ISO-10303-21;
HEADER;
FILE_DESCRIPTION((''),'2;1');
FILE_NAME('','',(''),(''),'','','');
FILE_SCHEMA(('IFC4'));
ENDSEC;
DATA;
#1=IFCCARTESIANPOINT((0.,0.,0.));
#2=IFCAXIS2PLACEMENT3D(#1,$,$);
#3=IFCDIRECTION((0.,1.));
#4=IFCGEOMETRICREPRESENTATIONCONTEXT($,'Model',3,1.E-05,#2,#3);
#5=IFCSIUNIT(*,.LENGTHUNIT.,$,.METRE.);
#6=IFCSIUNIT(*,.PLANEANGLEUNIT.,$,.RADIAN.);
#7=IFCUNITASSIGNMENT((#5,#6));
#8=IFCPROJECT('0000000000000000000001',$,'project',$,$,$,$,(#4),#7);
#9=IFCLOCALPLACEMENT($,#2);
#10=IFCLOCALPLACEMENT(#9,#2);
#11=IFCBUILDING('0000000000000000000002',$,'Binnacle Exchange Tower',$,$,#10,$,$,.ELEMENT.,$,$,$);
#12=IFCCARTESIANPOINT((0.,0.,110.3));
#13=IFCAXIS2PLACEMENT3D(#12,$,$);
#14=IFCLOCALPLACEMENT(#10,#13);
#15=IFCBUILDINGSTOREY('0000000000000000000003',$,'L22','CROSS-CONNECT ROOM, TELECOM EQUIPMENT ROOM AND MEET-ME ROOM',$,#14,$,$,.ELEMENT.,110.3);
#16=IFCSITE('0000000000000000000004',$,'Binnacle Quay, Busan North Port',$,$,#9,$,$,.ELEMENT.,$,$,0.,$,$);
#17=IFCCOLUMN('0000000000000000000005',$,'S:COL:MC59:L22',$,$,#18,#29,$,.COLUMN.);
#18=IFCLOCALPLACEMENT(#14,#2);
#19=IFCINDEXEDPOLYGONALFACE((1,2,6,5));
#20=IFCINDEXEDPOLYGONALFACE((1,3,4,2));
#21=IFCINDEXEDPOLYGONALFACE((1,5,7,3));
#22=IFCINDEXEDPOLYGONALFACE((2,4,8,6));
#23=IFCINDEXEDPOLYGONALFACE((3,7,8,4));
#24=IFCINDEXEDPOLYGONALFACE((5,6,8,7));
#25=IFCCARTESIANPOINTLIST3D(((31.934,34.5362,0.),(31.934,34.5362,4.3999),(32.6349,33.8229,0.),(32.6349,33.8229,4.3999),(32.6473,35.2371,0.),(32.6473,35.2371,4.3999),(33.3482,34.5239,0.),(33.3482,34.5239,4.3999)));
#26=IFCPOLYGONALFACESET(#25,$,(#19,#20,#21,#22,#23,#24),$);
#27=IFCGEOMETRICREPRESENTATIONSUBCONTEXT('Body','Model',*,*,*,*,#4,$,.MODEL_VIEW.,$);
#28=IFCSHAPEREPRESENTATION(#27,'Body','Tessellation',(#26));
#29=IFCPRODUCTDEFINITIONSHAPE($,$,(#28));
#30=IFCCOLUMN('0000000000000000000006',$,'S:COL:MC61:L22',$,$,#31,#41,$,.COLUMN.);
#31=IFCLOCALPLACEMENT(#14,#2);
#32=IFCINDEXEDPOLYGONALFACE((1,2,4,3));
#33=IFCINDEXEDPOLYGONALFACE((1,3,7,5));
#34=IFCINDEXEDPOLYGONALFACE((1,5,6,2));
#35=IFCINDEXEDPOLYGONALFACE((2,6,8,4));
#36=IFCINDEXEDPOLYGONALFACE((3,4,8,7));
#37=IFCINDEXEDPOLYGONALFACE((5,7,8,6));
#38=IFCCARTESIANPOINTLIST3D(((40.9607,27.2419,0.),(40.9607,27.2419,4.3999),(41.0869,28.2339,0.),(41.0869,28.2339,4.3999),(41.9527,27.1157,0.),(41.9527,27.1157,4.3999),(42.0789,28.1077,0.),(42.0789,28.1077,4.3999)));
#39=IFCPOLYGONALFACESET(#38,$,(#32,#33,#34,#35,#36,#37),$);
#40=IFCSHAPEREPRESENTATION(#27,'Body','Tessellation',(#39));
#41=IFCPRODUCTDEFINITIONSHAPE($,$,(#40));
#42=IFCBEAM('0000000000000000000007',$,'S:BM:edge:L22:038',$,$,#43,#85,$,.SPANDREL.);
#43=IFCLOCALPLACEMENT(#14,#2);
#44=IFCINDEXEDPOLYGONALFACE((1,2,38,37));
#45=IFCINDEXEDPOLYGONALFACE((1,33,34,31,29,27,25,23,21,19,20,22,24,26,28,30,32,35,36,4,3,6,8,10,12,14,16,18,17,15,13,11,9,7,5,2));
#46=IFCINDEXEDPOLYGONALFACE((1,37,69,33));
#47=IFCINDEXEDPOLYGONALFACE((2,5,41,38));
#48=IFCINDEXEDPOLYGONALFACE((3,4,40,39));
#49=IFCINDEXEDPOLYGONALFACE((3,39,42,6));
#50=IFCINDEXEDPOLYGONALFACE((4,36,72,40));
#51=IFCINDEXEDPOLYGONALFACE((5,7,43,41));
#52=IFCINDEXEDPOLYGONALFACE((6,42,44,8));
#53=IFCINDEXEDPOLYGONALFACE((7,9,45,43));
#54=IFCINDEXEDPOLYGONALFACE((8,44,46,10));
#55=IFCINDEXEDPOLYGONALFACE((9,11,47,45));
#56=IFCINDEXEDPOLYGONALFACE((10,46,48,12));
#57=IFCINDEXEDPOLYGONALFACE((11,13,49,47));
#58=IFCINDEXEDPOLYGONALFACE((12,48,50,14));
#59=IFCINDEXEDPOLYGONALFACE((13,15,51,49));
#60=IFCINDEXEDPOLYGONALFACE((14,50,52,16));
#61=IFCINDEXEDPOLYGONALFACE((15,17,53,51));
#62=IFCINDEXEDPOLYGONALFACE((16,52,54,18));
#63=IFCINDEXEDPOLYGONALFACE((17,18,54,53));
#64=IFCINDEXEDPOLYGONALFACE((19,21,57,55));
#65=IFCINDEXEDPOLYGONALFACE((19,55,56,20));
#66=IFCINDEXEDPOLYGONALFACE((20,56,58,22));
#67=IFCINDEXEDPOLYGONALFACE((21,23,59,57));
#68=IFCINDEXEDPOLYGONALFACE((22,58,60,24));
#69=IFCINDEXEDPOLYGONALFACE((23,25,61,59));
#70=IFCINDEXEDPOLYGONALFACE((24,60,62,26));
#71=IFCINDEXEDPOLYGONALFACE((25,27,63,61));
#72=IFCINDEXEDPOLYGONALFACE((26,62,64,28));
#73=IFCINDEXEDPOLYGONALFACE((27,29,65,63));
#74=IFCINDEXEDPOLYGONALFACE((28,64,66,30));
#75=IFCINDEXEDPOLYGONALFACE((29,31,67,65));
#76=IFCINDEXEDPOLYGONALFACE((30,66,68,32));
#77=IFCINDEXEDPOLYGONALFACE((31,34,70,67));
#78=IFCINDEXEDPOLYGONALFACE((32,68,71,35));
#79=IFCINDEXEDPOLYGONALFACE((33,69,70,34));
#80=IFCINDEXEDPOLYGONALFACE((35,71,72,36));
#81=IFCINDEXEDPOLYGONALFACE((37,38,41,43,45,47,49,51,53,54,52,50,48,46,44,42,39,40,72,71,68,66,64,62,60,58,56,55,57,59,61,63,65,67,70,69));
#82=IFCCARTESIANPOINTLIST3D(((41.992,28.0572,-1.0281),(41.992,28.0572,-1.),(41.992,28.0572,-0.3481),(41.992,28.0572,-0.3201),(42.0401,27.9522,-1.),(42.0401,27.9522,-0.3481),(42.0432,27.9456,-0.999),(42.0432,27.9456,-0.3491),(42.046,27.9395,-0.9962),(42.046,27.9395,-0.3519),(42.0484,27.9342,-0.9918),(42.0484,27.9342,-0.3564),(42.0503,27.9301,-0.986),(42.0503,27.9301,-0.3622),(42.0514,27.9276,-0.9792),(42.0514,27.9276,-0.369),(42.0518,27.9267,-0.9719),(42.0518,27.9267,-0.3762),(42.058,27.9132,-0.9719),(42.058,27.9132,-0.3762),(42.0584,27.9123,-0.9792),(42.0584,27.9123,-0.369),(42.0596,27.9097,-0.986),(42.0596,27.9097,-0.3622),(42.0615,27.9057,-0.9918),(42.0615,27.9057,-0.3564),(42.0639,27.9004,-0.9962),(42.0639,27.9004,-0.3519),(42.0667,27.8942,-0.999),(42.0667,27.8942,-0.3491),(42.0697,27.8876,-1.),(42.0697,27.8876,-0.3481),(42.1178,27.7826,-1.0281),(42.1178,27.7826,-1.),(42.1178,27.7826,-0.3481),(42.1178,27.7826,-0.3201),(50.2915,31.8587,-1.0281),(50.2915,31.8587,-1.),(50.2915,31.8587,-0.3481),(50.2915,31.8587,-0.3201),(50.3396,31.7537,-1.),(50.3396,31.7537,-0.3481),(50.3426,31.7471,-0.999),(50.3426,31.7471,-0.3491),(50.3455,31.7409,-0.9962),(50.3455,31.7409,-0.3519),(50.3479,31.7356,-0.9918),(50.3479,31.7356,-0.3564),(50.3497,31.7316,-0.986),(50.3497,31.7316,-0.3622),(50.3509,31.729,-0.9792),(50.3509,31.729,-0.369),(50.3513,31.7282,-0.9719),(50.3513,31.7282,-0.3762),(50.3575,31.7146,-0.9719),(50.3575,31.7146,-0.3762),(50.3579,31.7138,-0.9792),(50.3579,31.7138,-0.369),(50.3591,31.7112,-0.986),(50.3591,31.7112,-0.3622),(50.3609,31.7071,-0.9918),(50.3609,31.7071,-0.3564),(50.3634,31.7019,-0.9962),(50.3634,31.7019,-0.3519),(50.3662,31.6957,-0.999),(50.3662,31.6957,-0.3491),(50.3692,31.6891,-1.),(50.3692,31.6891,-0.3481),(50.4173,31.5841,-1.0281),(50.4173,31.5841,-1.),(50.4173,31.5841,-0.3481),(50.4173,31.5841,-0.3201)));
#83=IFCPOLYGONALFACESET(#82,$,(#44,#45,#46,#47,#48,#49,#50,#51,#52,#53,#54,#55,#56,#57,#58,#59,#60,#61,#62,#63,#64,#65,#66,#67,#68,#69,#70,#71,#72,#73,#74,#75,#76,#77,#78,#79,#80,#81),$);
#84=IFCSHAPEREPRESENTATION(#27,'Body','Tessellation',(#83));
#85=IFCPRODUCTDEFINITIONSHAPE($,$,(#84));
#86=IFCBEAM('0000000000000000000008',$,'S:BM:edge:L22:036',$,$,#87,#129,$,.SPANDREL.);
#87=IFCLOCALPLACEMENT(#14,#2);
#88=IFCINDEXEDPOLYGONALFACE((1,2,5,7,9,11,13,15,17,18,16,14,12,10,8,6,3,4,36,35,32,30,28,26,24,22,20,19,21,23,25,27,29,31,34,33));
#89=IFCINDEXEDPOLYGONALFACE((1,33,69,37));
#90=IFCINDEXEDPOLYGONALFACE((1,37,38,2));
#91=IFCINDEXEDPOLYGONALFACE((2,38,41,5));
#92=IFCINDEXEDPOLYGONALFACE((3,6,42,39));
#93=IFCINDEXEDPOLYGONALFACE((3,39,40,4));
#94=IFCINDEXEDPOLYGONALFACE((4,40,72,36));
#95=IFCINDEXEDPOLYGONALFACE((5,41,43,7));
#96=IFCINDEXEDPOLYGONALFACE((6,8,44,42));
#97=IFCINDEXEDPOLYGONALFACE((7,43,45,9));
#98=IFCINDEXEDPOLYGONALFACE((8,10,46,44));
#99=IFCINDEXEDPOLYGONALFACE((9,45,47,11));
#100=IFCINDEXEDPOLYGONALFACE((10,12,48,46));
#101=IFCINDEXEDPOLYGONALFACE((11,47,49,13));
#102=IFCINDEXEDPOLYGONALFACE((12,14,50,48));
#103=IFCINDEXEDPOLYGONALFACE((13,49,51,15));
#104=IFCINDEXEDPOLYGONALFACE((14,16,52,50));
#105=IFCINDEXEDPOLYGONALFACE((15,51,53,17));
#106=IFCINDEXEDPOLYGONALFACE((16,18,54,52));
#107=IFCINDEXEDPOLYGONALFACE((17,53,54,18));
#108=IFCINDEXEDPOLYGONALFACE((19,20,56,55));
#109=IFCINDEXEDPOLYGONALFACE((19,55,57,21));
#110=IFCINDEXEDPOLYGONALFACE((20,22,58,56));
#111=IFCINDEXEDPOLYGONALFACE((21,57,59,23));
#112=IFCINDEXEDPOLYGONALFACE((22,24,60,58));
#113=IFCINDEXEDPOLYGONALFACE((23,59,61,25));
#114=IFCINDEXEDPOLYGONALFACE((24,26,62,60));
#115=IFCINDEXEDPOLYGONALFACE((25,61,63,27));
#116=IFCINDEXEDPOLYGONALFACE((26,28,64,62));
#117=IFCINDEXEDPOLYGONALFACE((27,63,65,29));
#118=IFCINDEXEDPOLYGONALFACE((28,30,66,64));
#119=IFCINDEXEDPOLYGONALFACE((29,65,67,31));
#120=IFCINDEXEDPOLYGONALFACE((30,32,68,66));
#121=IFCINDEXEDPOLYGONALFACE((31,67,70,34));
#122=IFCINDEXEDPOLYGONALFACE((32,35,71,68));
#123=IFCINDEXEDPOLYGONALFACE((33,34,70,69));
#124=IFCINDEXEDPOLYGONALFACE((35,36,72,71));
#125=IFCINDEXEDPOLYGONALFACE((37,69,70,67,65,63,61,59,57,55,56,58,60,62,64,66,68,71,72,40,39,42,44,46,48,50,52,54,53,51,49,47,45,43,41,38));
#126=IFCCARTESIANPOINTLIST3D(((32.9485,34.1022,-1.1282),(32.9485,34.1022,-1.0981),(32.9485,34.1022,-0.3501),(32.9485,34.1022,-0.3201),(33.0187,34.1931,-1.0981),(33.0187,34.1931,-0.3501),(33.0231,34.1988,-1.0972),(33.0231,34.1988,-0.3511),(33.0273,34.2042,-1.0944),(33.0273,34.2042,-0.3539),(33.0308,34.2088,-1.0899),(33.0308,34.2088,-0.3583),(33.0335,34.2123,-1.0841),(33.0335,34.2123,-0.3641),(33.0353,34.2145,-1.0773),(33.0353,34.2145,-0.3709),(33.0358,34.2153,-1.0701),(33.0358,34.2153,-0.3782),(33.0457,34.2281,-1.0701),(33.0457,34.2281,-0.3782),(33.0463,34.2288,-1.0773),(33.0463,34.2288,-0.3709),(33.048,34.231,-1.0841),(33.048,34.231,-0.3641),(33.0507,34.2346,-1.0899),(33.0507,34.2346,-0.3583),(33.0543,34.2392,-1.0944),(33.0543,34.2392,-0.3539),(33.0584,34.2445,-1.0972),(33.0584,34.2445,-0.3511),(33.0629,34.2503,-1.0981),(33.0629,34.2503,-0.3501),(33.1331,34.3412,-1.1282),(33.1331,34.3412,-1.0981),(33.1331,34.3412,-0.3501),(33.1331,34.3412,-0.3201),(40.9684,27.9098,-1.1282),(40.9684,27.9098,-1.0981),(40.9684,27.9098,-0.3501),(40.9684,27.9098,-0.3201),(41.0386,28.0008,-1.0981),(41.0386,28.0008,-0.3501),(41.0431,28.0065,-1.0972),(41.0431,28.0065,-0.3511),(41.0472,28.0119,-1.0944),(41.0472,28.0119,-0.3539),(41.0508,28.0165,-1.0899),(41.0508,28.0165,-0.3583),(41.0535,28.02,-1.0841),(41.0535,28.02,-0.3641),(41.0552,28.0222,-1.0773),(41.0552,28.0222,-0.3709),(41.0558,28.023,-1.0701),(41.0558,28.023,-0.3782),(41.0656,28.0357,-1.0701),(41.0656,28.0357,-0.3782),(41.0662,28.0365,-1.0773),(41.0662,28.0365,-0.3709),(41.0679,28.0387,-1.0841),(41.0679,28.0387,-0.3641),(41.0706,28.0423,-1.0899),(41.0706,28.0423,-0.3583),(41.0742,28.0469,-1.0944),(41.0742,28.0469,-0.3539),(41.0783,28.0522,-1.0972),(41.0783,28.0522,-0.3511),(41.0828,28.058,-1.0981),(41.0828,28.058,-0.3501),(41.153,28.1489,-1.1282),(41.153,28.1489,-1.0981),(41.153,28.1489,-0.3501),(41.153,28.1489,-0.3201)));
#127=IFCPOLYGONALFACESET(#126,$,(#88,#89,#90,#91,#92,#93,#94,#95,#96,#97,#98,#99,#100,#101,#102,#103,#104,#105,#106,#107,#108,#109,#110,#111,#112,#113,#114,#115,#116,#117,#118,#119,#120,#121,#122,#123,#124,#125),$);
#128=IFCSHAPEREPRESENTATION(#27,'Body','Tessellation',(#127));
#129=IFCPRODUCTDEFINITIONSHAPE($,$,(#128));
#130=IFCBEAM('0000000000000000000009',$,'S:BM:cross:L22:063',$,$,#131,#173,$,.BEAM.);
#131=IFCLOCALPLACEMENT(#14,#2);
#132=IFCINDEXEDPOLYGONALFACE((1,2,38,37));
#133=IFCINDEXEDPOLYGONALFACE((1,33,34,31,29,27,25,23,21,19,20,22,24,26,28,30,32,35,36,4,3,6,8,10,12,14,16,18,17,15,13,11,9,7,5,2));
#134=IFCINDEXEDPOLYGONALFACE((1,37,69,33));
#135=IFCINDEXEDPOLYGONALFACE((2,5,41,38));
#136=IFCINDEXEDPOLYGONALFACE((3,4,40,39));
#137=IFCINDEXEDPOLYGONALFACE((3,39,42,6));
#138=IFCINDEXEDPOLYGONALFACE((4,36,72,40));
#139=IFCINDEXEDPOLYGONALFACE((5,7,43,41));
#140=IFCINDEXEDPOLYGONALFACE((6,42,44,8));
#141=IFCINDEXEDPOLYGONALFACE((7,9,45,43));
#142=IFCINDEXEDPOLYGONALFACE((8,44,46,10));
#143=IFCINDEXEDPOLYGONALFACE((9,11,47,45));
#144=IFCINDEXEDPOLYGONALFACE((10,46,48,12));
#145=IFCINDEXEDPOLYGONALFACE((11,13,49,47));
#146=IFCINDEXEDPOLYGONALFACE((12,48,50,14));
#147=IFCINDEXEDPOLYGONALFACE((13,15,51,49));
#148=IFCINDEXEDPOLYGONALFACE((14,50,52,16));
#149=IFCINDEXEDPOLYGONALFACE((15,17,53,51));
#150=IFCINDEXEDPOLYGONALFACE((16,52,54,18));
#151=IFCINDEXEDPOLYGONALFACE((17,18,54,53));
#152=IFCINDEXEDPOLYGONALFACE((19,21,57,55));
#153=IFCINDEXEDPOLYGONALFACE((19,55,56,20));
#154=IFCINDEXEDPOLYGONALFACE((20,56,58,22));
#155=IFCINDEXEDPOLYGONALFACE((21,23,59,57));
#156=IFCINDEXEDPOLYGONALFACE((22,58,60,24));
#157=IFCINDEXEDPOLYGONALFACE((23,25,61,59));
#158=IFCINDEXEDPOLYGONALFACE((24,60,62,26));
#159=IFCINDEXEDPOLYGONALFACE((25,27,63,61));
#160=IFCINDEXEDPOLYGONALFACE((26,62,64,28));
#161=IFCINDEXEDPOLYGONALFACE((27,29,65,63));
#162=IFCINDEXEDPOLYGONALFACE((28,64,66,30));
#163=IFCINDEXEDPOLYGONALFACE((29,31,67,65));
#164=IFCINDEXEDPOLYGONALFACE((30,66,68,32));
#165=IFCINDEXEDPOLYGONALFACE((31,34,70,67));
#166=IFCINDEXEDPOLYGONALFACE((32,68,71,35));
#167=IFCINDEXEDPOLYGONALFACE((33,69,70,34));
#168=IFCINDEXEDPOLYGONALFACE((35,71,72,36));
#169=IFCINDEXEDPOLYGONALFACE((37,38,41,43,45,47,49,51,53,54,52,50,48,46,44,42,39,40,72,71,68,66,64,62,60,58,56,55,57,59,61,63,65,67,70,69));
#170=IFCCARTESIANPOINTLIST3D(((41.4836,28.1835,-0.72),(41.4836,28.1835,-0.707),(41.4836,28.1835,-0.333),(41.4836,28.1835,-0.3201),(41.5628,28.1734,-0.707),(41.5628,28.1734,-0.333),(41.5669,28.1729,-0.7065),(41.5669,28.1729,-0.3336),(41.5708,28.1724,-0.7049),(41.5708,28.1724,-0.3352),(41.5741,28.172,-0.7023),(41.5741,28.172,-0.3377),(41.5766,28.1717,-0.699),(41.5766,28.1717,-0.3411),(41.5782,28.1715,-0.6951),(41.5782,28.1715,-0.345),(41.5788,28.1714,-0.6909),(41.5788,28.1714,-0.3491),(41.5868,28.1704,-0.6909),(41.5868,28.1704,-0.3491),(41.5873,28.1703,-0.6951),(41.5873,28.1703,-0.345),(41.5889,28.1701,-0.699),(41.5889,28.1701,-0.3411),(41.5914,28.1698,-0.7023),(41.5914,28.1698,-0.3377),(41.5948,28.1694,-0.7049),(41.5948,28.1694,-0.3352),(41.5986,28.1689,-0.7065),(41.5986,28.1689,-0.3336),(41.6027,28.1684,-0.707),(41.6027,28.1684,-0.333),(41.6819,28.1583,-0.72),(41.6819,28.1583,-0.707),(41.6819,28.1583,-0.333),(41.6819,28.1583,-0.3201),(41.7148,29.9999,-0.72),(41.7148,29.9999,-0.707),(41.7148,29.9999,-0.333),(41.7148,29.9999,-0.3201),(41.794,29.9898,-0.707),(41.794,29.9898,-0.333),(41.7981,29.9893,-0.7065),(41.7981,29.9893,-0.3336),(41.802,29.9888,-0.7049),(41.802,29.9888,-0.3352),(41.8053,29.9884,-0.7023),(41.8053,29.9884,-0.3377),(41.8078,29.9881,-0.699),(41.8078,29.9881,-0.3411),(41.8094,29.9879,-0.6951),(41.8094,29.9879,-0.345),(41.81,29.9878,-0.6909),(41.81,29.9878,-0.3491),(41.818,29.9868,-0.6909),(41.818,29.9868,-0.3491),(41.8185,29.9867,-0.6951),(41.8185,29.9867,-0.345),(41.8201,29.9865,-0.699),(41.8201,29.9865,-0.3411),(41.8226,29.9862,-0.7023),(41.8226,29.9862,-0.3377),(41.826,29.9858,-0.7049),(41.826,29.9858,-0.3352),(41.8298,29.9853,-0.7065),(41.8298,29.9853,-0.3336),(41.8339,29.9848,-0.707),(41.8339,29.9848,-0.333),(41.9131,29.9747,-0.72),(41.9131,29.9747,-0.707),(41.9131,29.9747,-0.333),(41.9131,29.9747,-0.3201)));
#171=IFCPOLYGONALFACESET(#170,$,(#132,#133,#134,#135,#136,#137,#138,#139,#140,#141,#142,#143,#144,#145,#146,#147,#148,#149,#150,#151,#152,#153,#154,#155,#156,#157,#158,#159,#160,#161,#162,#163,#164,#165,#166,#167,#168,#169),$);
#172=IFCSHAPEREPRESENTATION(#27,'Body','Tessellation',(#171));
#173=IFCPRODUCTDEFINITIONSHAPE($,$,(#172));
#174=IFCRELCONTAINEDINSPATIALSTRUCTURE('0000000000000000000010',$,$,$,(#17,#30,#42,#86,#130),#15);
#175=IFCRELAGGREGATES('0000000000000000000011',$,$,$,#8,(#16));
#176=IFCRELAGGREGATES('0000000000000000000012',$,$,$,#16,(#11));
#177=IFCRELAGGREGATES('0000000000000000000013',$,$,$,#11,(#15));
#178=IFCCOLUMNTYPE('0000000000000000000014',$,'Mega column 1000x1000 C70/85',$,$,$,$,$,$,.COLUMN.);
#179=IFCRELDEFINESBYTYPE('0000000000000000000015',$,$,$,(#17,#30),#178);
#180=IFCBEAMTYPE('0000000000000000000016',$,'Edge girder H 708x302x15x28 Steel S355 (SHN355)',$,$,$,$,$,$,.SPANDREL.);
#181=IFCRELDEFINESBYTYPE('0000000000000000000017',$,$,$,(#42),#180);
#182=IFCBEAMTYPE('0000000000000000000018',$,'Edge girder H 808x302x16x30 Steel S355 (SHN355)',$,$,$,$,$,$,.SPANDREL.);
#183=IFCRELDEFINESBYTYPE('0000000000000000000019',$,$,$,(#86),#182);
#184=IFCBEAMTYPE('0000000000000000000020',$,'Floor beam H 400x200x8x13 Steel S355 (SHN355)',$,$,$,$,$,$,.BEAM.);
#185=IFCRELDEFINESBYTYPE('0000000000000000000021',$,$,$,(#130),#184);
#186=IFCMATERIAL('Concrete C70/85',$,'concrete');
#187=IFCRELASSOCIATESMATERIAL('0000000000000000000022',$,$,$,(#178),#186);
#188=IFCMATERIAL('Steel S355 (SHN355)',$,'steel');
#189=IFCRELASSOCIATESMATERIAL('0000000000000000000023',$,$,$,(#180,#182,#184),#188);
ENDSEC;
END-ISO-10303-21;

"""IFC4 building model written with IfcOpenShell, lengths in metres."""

from ifc_helpers import new_model, si_unit, direction, frame, origin, origin_2d, place, context, subcontext, project, spatial, rectangle, i_section, extrude, material, material_profile, profile_set, type_object, element, save


model = new_model("IFC4")

# Units and contexts
model_context = context("Model", 3, precision=1e-05, world=origin(), true_north=direction((0.0, 1.0)))
body_context = subcontext(model_context, "Body", "Model", "MODEL_VIEW")
ifc_project = project(units=[si_unit("LENGTHUNIT", "METRE"), si_unit("PLANEANGLEUNIT", "RADIAN")], contexts=[model_context])

# Site, building, storey
site_placement = place(None, origin())
site = spatial("IfcSite", under=ifc_project, at=site_placement, Name="Binnacle Quay, Busan North Port", CompositionType="ELEMENT", RefElevation=0.0)
building_placement = place(site_placement, origin())
building = spatial("IfcBuilding", under=site, at=building_placement, Name="Binnacle Exchange Tower", CompositionType="ELEMENT")
storey_placement = place(building_placement, frame((0.0, 0.0, 110.3)))
storey = spatial("IfcBuildingStorey", under=building, at=storey_placement, Name="L22", Description="CROSS-CONNECT ROOM, TELECOM EQUIPMENT ROOM AND MEET-ME ROOM", CompositionType="ELEMENT", Elevation=110.3)

# Columns
ifc_material_1 = material(Name="Concrete C70/85", Category="concrete")
ifc_material_profile_1 = material_profile(ifc_material_1, rectangle(XDim=1.0, YDim=1.0, at=origin_2d()), Name="Mega column 1000x1000 C70/85")
ifc_profile_set_1 = profile_set([ifc_material_profile_1], Name="Concrete C70/85")
column_type = type_object("IfcColumnType", Name="Mega column 1000x1000 C70/85", PredefinedType="COLUMN", material=ifc_profile_set_1)
for number, where, z_axis, x_axis, name in (
    (1, (32.6411, 34.53, 0.0), (0.0, 0.0, 1.0), (0.700909, -0.71325, 0.0), "S:COL:MC59:L22"),
    (2, (41.5198, 27.6748, 0.0), (0.0, 0.0, 1.0), (0.992005, -0.126199, 0.0), "S:COL:MC61:L22"),
):
    element("IfcColumn", number, at=place(storey_placement, frame(where, z_axis=z_axis, x_axis=x_axis)), inside=storey, type_object=column_type, Name=name, PredefinedType="COLUMN", context=body_context, shape_type="SweptSolid", body=[
        extrude(rectangle(XDim=1.0, YDim=1.0, at=origin_2d()), origin(), (0.0, 0.0, 1.0), 4.3999),
    ])

# Beams
ifc_material_2 = material(Name="Steel S355 (SHN355)", Category="steel")
ifc_material_profile_2 = material_profile(ifc_material_2, i_section(OverallWidth=0.302, OverallDepth=0.708, WebThickness=0.0149, FlangeThickness=0.0281, FilletRadius=0.0281, at=origin_2d()), Name="H 708x302x15x28")
ifc_profile_set_2 = profile_set([ifc_material_profile_2], Name="Steel S355 (SHN355)")
beam_type_1 = type_object("IfcBeamType", Name="Edge girder H 708x302x15x28 Steel S355 (SHN355)", PredefinedType="SPANDREL", material=ifc_profile_set_2)
beam_1_placement = place(storey_placement, frame((42.0549, 27.9199, -0.6741), z_axis=(0.909167, 0.416433, 0.0), x_axis=(-0.416433, 0.909167, 0.0)))
element("IfcBeam", 3, at=beam_1_placement, inside=storey, type_object=beam_type_1, Name="S:BM:edge:L22:038", PredefinedType="SPANDREL", context=body_context, shape_type="SweptSolid", body=[
    extrude(i_section(OverallWidth=0.302, OverallDepth=0.708, WebThickness=0.0149, FlangeThickness=0.0281, FilletRadius=0.0281, at=origin_2d()), origin(), (0.0, 0.0, 1.0), 9.1287),
])
ifc_material_profile_3 = material_profile(ifc_material_2, i_section(OverallWidth=0.302, OverallDepth=0.8081, WebThickness=0.0161, FlangeThickness=0.03, FilletRadius=0.0281, at=origin_2d()), Name="H 808x302x16x30")
ifc_profile_set_3 = profile_set([ifc_material_profile_3], Name="Steel S355 (SHN355)")
beam_type_2 = type_object("IfcBeamType", Name="Edge girder H 808x302x16x30 Steel S355 (SHN355)", PredefinedType="SPANDREL", material=ifc_profile_set_3)
beam_2_placement = place(storey_placement, frame((33.0408, 34.2217, -0.7241), z_axis=(0.791519, -0.611144, 0.0), x_axis=(0.611144, 0.791519, 0.0)))
element("IfcBeam", 4, at=beam_2_placement, inside=storey, type_object=beam_type_2, Name="S:BM:edge:L22:036", PredefinedType="SPANDREL", context=body_context, shape_type="SweptSolid", body=[
    extrude(i_section(OverallWidth=0.302, OverallDepth=0.8081, WebThickness=0.0161, FlangeThickness=0.03, FilletRadius=0.0281, at=origin_2d()), origin(), (0.0, 0.0, 1.0), 10.1323),
])
ifc_material_profile_4 = material_profile(ifc_material_2, i_section(OverallWidth=0.2, OverallDepth=0.3999, WebThickness=0.0081, FlangeThickness=0.0129, FilletRadius=0.0161, at=origin_2d()), Name="H 400x200x8x13")
ifc_profile_set_4 = profile_set([ifc_material_profile_4], Name="Steel S355 (SHN355)")
beam_type_3 = type_object("IfcBeamType", Name="Floor beam H 400x200x8x13 Steel S355 (SHN355)", PredefinedType="BEAM", material=ifc_profile_set_4)
beam_3_placement = place(storey_placement, frame((41.5828, 28.1709, -0.52), z_axis=(0.126266, 0.991996, 0.0), x_axis=(-0.991996, 0.126266, 0.0)))
element("IfcBeam", 5, at=beam_3_placement, inside=storey, type_object=beam_type_3, Name="S:BM:cross:L22:063", PredefinedType="BEAM", context=body_context, shape_type="SweptSolid", body=[
    extrude(i_section(OverallWidth=0.2, OverallDepth=0.3999, WebThickness=0.0081, FlangeThickness=0.0129, FilletRadius=0.0161, at=origin_2d()), origin(), (0.0, 0.0, 1.0), 1.8311),
])

save(model, "model.ifc")
